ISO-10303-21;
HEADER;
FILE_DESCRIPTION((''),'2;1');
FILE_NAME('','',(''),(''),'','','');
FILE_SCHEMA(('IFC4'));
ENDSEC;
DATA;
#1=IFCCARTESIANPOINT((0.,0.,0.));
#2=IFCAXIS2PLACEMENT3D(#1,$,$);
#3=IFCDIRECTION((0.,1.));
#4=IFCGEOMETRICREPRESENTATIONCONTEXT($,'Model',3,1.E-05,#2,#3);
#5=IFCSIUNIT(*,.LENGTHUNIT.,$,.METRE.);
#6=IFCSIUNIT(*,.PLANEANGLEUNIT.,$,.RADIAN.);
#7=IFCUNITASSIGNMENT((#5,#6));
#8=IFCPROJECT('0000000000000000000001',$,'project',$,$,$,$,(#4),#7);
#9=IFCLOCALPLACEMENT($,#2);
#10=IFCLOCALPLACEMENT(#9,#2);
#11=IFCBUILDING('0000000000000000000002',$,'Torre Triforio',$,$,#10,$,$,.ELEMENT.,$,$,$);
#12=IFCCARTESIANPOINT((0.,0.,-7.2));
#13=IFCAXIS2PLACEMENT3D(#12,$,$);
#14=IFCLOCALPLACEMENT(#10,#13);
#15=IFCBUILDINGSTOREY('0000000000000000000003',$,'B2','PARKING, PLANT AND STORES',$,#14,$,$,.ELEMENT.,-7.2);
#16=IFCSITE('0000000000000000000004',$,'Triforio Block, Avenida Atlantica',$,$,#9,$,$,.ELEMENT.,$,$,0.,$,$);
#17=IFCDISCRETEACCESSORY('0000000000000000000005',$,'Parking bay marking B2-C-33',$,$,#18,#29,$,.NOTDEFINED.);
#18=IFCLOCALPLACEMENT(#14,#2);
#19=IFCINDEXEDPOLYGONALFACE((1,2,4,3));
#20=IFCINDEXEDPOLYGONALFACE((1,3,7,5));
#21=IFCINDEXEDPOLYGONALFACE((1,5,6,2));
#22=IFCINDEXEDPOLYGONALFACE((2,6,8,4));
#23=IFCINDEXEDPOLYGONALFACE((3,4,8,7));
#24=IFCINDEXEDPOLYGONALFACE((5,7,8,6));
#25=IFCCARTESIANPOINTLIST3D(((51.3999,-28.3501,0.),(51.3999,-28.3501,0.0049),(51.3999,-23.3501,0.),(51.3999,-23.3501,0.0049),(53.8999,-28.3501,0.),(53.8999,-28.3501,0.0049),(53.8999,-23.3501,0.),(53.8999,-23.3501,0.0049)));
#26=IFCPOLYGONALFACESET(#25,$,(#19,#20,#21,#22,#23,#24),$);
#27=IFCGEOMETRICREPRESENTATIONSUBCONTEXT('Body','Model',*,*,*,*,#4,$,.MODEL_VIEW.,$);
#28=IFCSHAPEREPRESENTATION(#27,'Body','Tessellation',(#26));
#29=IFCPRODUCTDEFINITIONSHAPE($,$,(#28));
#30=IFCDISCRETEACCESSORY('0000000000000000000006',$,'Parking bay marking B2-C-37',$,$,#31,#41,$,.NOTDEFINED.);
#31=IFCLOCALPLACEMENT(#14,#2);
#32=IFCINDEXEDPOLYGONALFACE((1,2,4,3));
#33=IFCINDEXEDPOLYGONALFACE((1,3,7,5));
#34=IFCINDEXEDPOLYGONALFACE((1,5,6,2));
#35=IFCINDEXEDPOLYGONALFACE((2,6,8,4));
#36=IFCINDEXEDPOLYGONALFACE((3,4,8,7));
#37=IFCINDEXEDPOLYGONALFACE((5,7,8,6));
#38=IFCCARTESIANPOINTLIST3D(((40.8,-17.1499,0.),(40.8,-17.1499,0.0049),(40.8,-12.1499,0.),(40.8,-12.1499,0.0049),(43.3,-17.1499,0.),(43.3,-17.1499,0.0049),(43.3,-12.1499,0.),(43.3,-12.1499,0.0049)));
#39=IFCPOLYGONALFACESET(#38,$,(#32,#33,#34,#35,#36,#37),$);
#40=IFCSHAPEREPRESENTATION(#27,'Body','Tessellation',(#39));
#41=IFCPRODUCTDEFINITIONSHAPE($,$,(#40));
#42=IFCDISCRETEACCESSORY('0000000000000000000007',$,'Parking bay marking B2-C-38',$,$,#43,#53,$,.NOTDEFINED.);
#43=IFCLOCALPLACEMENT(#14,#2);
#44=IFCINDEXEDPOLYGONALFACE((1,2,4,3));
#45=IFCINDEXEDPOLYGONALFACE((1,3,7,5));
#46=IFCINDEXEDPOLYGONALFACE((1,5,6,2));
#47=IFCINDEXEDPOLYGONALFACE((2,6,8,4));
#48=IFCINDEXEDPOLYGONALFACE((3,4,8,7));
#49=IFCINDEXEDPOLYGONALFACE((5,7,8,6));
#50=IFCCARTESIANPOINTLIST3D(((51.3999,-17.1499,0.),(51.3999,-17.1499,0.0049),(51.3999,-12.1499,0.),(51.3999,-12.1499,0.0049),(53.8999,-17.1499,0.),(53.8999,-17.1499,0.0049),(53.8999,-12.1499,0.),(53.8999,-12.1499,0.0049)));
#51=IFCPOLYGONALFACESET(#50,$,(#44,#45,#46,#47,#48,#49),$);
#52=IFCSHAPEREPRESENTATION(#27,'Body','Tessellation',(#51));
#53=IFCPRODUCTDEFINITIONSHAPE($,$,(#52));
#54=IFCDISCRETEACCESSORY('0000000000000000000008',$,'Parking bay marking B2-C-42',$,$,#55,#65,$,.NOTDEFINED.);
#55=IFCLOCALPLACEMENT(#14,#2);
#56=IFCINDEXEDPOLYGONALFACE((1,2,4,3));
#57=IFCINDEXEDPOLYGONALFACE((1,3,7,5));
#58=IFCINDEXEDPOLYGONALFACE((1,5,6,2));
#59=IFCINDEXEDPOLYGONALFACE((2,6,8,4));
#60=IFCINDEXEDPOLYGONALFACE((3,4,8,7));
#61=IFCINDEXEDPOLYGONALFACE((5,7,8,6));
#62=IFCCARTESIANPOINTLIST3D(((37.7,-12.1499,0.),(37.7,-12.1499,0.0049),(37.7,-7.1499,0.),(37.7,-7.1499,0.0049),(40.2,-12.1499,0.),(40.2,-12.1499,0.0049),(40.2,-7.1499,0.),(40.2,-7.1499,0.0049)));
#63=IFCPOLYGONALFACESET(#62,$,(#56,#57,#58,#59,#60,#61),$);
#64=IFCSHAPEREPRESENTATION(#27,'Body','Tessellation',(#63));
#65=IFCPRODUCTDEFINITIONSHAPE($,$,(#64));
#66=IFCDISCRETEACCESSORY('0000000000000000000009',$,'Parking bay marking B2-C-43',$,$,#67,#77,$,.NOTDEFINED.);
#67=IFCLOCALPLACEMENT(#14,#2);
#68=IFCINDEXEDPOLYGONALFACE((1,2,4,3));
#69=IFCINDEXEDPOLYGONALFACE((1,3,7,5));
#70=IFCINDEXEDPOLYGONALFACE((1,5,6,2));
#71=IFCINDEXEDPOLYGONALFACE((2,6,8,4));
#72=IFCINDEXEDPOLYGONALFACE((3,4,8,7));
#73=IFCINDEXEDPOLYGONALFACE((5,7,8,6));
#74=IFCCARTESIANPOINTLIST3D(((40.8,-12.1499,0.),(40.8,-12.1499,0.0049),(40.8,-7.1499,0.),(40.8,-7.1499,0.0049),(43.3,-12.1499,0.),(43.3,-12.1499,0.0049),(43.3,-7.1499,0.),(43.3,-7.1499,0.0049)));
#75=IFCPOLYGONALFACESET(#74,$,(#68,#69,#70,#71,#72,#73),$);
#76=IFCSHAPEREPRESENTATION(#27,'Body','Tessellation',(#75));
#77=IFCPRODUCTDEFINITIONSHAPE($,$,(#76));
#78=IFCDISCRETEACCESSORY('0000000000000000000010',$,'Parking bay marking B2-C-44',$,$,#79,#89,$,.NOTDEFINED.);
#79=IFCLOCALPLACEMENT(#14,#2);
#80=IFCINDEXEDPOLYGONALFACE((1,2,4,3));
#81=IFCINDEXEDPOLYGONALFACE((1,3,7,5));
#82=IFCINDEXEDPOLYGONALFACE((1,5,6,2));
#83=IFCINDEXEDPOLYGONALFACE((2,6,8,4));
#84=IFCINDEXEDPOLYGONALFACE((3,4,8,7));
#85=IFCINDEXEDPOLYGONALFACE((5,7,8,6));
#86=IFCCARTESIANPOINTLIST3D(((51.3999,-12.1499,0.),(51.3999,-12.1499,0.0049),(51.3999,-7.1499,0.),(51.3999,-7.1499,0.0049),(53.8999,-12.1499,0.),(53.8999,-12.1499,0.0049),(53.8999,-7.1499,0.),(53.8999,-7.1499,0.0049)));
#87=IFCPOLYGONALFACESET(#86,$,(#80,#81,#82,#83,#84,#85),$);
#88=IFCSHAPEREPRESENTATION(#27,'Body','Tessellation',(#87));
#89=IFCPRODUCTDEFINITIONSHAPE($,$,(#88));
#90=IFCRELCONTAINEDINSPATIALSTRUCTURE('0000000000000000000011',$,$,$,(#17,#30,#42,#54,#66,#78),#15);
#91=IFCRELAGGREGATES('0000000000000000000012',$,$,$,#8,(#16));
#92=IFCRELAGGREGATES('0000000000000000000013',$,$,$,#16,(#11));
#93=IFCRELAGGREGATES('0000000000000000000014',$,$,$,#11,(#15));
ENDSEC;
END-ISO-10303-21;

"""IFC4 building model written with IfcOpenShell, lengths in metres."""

from ifc_helpers import new_model, si_unit, direction, frame, origin, origin_2d, place, context, subcontext, project, spatial, rectangle, extrude, element, save


model = new_model("IFC4")

# Units and contexts
model_context = context("Model", 3, precision=1e-05, world=origin(), true_north=direction((0.0, 1.0)))
body_context = subcontext(model_context, "Body", "Model", "MODEL_VIEW")
ifc_project = project(units=[si_unit("LENGTHUNIT", "METRE"), si_unit("PLANEANGLEUNIT", "RADIAN")], contexts=[model_context])

# Site, building, storey
site_placement = place(None, origin())
site = spatial("IfcSite", under=ifc_project, at=site_placement, Name="Triforio Block, Avenida Atlantica", CompositionType="ELEMENT", RefElevation=0.0)
building_placement = place(site_placement, origin())
building = spatial("IfcBuilding", under=site, at=building_placement, Name="Torre Triforio", CompositionType="ELEMENT")
storey_placement = place(building_placement, frame((0.0, 0.0, -7.2)))
storey = spatial("IfcBuildingStorey", under=building, at=storey_placement, Name="B2", Description="PARKING, PLANT AND STORES", CompositionType="ELEMENT", Elevation=-7.2)

# Discrete accessories
for number, where, z_axis, x_axis, name in (
    (1, (52.6499, -25.8501, 0.0), (0.0, 0.0, 1.0), (1.0, 0.0, 0.0), "Parking bay marking B2-C-33"),
    (2, (42.05, -14.6499, 0.0), (0.0, 0.0, 1.0), (1.0, 0.0, 0.0), "Parking bay marking B2-C-37"),
    (3, (52.6499, -14.6499, 0.0), (0.0, 0.0, 1.0), (1.0, 0.0, 0.0), "Parking bay marking B2-C-38"),
    (4, (38.95, -9.6499, 0.0), (0.0, 0.0, 1.0), (1.0, 0.0, 0.0), "Parking bay marking B2-C-42"),
    (5, (42.05, -9.6499, 0.0), (0.0, 0.0, 1.0), (1.0, 0.0, 0.0), "Parking bay marking B2-C-43"),
    (6, (52.6499, -9.6499, 0.0), (0.0, 0.0, 1.0), (1.0, 0.0, 0.0), "Parking bay marking B2-C-44"),
):
    element("IfcDiscreteAccessory", number, at=place(storey_placement, frame(where, z_axis=z_axis, x_axis=x_axis)), inside=storey, Name=name, PredefinedType="NOTDEFINED", context=body_context, shape_type="SweptSolid", body=[
        extrude(rectangle(XDim=2.5, YDim=5.0, at=origin_2d()), origin(), (0.0, 0.0, 1.0), 0.0049),
    ])

save(model, "model.ifc")
